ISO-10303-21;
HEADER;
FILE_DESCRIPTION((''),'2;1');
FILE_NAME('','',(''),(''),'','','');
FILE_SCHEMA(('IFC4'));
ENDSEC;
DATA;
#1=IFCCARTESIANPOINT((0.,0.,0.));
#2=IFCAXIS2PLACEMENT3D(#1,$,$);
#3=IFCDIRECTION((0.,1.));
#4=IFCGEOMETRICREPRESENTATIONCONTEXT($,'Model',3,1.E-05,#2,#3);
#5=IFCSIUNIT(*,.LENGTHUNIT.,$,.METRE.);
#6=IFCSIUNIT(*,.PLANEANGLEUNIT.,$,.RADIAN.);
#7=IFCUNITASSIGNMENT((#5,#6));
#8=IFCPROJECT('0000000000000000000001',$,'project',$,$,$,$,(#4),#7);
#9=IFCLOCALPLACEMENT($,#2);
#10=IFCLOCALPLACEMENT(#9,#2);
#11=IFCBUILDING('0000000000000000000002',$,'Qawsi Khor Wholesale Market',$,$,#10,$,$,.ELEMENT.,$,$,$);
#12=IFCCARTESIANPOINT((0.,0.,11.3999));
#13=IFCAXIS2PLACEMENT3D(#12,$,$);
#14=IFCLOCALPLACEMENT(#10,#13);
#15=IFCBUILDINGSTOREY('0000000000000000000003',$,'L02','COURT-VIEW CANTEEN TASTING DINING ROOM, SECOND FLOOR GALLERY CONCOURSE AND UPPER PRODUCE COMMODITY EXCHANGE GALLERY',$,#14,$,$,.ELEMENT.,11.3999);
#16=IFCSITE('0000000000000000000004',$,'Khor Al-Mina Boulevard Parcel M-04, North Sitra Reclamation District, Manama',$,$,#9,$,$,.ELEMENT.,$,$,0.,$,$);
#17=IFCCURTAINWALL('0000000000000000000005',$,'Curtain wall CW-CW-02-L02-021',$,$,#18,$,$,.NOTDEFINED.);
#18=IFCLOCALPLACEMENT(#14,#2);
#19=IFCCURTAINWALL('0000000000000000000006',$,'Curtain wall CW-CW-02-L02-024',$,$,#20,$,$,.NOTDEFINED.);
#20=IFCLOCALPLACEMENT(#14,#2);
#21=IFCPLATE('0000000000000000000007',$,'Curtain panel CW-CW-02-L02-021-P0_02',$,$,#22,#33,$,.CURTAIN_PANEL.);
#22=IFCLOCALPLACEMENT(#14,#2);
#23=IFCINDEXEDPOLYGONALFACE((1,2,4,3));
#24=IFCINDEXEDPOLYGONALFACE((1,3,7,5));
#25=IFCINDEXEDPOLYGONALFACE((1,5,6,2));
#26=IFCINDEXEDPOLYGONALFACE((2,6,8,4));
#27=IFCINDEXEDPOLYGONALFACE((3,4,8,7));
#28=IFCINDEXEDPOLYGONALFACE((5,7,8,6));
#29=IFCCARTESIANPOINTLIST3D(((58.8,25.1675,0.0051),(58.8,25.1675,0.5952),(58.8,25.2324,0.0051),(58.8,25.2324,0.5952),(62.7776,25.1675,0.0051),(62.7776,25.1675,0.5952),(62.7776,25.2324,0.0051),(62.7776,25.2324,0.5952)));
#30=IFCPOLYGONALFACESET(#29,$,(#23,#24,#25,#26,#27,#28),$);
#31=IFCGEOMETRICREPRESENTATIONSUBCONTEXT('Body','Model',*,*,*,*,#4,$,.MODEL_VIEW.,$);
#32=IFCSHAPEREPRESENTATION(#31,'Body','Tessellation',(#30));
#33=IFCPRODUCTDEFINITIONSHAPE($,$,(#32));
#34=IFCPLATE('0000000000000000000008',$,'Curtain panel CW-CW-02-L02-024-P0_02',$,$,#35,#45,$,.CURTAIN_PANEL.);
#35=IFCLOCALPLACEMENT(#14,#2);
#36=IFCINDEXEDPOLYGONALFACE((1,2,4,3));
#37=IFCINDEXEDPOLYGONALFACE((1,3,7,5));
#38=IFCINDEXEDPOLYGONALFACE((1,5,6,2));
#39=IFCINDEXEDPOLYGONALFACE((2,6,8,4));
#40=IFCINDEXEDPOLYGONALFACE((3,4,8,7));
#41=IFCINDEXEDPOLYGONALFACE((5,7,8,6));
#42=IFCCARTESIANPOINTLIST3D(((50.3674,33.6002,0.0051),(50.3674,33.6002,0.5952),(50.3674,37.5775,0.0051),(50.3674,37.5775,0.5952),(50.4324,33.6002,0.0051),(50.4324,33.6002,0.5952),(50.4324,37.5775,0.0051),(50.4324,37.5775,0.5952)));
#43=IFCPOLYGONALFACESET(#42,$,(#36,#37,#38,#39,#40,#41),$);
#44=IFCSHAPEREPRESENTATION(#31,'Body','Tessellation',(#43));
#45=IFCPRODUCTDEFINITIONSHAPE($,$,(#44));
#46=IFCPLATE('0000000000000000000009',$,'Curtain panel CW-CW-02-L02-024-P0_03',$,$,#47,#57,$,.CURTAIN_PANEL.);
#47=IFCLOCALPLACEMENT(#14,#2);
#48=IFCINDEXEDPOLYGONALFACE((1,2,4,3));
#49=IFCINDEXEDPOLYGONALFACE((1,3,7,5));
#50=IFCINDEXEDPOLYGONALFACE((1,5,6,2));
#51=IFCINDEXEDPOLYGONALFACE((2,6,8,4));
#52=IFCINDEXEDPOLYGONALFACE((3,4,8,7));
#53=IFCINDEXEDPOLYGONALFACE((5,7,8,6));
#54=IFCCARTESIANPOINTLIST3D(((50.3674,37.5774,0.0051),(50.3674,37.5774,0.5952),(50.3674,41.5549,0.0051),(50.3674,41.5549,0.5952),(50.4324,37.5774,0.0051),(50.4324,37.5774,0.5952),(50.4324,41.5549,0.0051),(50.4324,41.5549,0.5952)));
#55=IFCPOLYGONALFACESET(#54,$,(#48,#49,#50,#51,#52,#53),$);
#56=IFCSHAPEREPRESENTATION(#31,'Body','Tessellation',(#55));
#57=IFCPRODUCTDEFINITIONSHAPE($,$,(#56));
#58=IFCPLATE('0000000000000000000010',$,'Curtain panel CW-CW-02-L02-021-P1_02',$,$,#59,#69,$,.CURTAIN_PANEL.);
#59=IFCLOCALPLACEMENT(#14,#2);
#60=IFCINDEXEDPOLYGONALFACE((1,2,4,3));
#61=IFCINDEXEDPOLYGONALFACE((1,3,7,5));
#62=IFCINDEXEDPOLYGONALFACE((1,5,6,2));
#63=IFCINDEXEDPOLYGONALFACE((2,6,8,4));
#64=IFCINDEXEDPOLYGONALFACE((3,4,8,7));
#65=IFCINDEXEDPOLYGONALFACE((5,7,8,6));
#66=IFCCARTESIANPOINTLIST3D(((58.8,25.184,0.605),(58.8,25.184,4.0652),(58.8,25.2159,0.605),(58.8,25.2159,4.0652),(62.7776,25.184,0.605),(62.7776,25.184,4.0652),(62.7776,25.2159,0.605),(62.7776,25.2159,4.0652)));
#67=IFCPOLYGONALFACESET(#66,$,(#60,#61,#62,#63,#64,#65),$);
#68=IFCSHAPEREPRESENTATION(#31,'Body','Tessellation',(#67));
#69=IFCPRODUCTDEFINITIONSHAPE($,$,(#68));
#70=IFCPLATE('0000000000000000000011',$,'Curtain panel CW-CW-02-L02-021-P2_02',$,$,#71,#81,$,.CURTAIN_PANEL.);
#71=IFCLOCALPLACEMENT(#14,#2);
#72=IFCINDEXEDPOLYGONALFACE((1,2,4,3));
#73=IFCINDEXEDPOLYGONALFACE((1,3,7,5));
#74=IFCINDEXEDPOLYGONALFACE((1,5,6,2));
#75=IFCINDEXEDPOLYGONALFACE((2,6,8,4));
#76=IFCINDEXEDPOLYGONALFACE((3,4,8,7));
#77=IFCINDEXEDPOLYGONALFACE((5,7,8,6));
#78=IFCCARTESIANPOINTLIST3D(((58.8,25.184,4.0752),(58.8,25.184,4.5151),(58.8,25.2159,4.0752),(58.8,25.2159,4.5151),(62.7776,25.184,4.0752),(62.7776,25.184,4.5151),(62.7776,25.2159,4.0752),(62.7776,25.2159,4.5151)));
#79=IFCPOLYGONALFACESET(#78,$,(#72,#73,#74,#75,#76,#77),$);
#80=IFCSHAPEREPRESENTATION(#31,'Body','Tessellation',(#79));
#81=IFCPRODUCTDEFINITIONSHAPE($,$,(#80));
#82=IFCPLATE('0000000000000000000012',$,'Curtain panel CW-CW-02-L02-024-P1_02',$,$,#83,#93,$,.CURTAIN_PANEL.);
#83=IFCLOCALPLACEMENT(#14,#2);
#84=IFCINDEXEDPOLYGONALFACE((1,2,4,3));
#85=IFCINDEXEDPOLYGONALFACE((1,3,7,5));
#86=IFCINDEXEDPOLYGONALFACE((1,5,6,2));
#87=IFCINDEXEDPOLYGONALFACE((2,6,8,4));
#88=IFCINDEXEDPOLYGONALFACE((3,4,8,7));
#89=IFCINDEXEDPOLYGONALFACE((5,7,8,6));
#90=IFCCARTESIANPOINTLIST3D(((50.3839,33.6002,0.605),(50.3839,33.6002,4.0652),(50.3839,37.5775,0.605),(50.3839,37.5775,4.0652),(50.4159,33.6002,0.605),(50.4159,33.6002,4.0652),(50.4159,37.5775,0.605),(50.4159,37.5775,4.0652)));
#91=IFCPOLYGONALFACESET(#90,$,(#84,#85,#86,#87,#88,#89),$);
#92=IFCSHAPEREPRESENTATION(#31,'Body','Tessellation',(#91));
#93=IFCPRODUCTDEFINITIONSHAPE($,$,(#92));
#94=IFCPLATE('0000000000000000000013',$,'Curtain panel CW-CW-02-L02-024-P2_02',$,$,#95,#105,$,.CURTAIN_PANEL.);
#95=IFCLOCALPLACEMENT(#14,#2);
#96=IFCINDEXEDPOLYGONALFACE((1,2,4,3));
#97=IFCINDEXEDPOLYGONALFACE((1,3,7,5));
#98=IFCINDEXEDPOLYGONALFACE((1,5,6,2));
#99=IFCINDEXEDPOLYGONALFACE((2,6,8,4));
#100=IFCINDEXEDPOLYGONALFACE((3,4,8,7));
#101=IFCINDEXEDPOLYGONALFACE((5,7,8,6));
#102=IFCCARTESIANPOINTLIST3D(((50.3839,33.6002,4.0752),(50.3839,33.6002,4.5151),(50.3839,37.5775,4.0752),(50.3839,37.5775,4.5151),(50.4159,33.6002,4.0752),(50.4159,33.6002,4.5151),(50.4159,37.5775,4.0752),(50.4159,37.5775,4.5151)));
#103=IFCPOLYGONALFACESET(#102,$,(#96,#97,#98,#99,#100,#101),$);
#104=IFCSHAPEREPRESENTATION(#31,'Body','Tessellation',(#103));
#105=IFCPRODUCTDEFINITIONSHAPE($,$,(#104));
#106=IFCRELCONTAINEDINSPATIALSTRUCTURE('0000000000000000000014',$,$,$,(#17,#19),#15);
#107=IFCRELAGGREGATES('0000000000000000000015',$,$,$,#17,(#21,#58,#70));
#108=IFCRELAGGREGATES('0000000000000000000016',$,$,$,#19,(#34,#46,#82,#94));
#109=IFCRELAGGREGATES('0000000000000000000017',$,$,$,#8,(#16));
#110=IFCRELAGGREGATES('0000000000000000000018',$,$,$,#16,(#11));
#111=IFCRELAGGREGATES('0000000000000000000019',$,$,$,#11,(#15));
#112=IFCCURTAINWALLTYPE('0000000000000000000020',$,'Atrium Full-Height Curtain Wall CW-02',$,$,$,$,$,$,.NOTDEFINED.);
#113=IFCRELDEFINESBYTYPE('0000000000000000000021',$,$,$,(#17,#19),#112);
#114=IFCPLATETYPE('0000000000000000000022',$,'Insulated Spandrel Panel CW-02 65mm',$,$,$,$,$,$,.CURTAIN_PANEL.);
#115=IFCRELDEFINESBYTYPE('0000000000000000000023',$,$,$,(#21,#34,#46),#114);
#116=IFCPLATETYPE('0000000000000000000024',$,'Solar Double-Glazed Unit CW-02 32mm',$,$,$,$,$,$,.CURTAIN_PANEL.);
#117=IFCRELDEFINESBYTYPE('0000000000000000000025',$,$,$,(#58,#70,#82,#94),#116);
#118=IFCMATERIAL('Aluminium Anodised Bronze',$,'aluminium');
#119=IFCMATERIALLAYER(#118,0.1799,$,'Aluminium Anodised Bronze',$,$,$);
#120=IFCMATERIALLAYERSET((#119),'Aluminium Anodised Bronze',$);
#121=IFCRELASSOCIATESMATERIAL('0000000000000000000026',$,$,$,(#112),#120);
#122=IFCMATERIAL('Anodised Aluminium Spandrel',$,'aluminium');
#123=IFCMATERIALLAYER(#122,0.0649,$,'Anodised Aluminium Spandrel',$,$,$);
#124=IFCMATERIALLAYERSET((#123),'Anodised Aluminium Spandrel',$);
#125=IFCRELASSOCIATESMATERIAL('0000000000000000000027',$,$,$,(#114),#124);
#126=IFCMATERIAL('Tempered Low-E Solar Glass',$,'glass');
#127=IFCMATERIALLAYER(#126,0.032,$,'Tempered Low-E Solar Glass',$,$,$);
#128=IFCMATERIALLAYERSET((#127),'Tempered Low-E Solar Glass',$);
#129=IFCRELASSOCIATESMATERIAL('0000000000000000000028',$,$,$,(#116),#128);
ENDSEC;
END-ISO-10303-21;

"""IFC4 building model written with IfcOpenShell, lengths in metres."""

from ifc_helpers import new_model, si_unit, direction, frame, frame_2d, origin, place, context, subcontext, project, spatial, rectangle, extrude, material, layer, layer_set, type_object, element, aggregate, save


model = new_model("IFC4")

# Units and contexts
model_context = context("Model", 3, precision=1e-05, world=origin(), true_north=direction((0.0, 1.0)))
body_context = subcontext(model_context, "Body", "Model", "MODEL_VIEW")
ifc_project = project(units=[si_unit("LENGTHUNIT", "METRE"), si_unit("PLANEANGLEUNIT", "RADIAN")], contexts=[model_context])

# Site, building, storey
site_placement = place(None, origin())
site = spatial("IfcSite", under=ifc_project, at=site_placement, Name="Khor Al-Mina Boulevard Parcel M-04, North Sitra Reclamation District, Manama", CompositionType="ELEMENT", RefElevation=0.0)
building_placement = place(site_placement, origin())
building = spatial("IfcBuilding", under=site, at=building_placement, Name="Qawsi Khor Wholesale Market", CompositionType="ELEMENT")
storey_placement = place(building_placement, frame((0.0, 0.0, 11.3999)))
storey = spatial("IfcBuildingStorey", under=building, at=storey_placement, Name="L02", Description="COURT-VIEW CANTEEN TASTING DINING ROOM, SECOND FLOOR GALLERY CONCOURSE AND UPPER PRODUCE COMMODITY EXCHANGE GALLERY", CompositionType="ELEMENT", Elevation=11.3999)

# Curtain walls
ifc_material_1 = material(Name="Aluminium Anodised Bronze", Category="aluminium")
ifc_layer_1 = layer(ifc_material_1, 0.1799, Name="Aluminium Anodised Bronze")
ifc_layer_set_1 = layer_set([ifc_layer_1], Name="Aluminium Anodised Bronze")
curtain_wall_type = type_object("IfcCurtainWallType", Name="Atrium Full-Height Curtain Wall CW-02", PredefinedType="NOTDEFINED", material=ifc_layer_set_1)
curtain_wall_1_placement = place(storey_placement, origin())
curtain_wall_1 = element("IfcCurtainWall", 1, at=curtain_wall_1_placement, inside=storey, type_object=curtain_wall_type, Name="Curtain wall CW-CW-02-L02-021", PredefinedType="NOTDEFINED")
curtain_wall_2_placement = place(storey_placement, origin())
curtain_wall_2 = element("IfcCurtainWall", 2, at=curtain_wall_2_placement, inside=storey, type_object=curtain_wall_type, Name="Curtain wall CW-CW-02-L02-024", PredefinedType="NOTDEFINED")

# Plates
ifc_material_2 = material(Name="Anodised Aluminium Spandrel", Category="aluminium")
ifc_layer_2 = layer(ifc_material_2, 0.0649, Name="Anodised Aluminium Spandrel")
ifc_layer_set_2 = layer_set([ifc_layer_2], Name="Anodised Aluminium Spandrel")
plate_type_1 = type_object("IfcPlateType", Name="Insulated Spandrel Panel CW-02 65mm", PredefinedType="CURTAIN_PANEL", material=ifc_layer_set_2)
plate_1_placement = place(storey_placement, frame((58.8, 25.2, 0.0051), z_axis=(0.0, 0.0, 1.0), x_axis=(1.0, 0.0, 0.0)))
plate_1 = element("IfcPlate", 3, at=plate_1_placement, type_object=plate_type_1, Name="Curtain panel CW-CW-02-L02-021-P0_02", PredefinedType="CURTAIN_PANEL", context=body_context, shape_type="SweptSolid", body=[
    extrude(rectangle(XDim=3.9775, YDim=0.0649, at=frame_2d((1.9888, 0.0))), origin(), (0.0, 0.0, 1.0), 0.5901),
])
plate_2_placement = place(storey_placement, frame((50.3999, 33.6001, 0.0051), z_axis=(0.0, 0.0, 1.0), x_axis=(0.0, 1.0, 0.0)))
plate_2 = element("IfcPlate", 4, at=plate_2_placement, type_object=plate_type_1, Name="Curtain panel CW-CW-02-L02-024-P0_02", PredefinedType="CURTAIN_PANEL", context=body_context, shape_type="SweptSolid", body=[
    extrude(rectangle(XDim=3.9773, YDim=0.0649, at=frame_2d((1.9888, 0.0))), origin(), (0.0, 0.0, 1.0), 0.5901),
])
plate_3_placement = place(storey_placement, frame((50.3999, 37.5774, 0.0051), z_axis=(0.0, 0.0, 1.0), x_axis=(0.0, 1.0, 0.0)))
plate_3 = element("IfcPlate", 5, at=plate_3_placement, type_object=plate_type_1, Name="Curtain panel CW-CW-02-L02-024-P0_03", PredefinedType="CURTAIN_PANEL", context=body_context, shape_type="SweptSolid", body=[
    extrude(rectangle(XDim=3.9775, YDim=0.0649, at=frame_2d((1.9888, 0.0))), origin(), (0.0, 0.0, 1.0), 0.5901),
])
ifc_material_3 = material(Name="Tempered Low-E Solar Glass", Category="glass")
ifc_layer_3 = layer(ifc_material_3, 0.032, Name="Tempered Low-E Solar Glass")
ifc_layer_set_3 = layer_set([ifc_layer_3], Name="Tempered Low-E Solar Glass")
plate_type_2 = type_object("IfcPlateType", Name="Solar Double-Glazed Unit CW-02 32mm", PredefinedType="CURTAIN_PANEL", material=ifc_layer_set_3)
plate_4_placement = place(storey_placement, frame((58.8, 25.2, 0.605), z_axis=(0.0, 0.0, 1.0), x_axis=(1.0, 0.0, 0.0)))
plate_4 = element("IfcPlate", 6, at=plate_4_placement, type_object=plate_type_2, Name="Curtain panel CW-CW-02-L02-021-P1_02", PredefinedType="CURTAIN_PANEL", context=body_context, shape_type="SweptSolid", body=[
    extrude(rectangle(XDim=3.9775, YDim=0.032, at=frame_2d((1.9888, 0.0))), origin(), (0.0, 0.0, 1.0), 3.4602),
])
plate_5_placement = place(storey_placement, frame((58.8, 25.2, 4.0752), z_axis=(0.0, 0.0, 1.0), x_axis=(1.0, 0.0, 0.0)))
plate_5 = element("IfcPlate", 7, at=plate_5_placement, type_object=plate_type_2, Name="Curtain panel CW-CW-02-L02-021-P2_02", PredefinedType="CURTAIN_PANEL", context=body_context, shape_type="SweptSolid", body=[
    extrude(rectangle(XDim=3.9775, YDim=0.032, at=frame_2d((1.9888, 0.0))), origin(), (0.0, 0.0, 1.0), 0.4399),
])
aggregate(curtain_wall_1, [plate_1, plate_4, plate_5])
plate_6_placement = place(storey_placement, frame((50.3999, 33.6001, 0.605), z_axis=(0.0, 0.0, 1.0), x_axis=(0.0, 1.0, 0.0)))
plate_6 = element("IfcPlate", 8, at=plate_6_placement, type_object=plate_type_2, Name="Curtain panel CW-CW-02-L02-024-P1_02", PredefinedType="CURTAIN_PANEL", context=body_context, shape_type="SweptSolid", body=[
    extrude(rectangle(XDim=3.9773, YDim=0.032, at=frame_2d((1.9888, 0.0))), origin(), (0.0, 0.0, 1.0), 3.4602),
])
plate_7_placement = place(storey_placement, frame((50.3999, 33.6001, 4.0752), z_axis=(0.0, 0.0, 1.0), x_axis=(0.0, 1.0, 0.0)))
plate_7 = element("IfcPlate", 9, at=plate_7_placement, type_object=plate_type_2, Name="Curtain panel CW-CW-02-L02-024-P2_02", PredefinedType="CURTAIN_PANEL", context=body_context, shape_type="SweptSolid", body=[
    extrude(rectangle(XDim=3.9773, YDim=0.032, at=frame_2d((1.9888, 0.0))), origin(), (0.0, 0.0, 1.0), 0.4399),
])
aggregate(curtain_wall_2, [plate_2, plate_3, plate_6, plate_7])

save(model, "model.ifc")
